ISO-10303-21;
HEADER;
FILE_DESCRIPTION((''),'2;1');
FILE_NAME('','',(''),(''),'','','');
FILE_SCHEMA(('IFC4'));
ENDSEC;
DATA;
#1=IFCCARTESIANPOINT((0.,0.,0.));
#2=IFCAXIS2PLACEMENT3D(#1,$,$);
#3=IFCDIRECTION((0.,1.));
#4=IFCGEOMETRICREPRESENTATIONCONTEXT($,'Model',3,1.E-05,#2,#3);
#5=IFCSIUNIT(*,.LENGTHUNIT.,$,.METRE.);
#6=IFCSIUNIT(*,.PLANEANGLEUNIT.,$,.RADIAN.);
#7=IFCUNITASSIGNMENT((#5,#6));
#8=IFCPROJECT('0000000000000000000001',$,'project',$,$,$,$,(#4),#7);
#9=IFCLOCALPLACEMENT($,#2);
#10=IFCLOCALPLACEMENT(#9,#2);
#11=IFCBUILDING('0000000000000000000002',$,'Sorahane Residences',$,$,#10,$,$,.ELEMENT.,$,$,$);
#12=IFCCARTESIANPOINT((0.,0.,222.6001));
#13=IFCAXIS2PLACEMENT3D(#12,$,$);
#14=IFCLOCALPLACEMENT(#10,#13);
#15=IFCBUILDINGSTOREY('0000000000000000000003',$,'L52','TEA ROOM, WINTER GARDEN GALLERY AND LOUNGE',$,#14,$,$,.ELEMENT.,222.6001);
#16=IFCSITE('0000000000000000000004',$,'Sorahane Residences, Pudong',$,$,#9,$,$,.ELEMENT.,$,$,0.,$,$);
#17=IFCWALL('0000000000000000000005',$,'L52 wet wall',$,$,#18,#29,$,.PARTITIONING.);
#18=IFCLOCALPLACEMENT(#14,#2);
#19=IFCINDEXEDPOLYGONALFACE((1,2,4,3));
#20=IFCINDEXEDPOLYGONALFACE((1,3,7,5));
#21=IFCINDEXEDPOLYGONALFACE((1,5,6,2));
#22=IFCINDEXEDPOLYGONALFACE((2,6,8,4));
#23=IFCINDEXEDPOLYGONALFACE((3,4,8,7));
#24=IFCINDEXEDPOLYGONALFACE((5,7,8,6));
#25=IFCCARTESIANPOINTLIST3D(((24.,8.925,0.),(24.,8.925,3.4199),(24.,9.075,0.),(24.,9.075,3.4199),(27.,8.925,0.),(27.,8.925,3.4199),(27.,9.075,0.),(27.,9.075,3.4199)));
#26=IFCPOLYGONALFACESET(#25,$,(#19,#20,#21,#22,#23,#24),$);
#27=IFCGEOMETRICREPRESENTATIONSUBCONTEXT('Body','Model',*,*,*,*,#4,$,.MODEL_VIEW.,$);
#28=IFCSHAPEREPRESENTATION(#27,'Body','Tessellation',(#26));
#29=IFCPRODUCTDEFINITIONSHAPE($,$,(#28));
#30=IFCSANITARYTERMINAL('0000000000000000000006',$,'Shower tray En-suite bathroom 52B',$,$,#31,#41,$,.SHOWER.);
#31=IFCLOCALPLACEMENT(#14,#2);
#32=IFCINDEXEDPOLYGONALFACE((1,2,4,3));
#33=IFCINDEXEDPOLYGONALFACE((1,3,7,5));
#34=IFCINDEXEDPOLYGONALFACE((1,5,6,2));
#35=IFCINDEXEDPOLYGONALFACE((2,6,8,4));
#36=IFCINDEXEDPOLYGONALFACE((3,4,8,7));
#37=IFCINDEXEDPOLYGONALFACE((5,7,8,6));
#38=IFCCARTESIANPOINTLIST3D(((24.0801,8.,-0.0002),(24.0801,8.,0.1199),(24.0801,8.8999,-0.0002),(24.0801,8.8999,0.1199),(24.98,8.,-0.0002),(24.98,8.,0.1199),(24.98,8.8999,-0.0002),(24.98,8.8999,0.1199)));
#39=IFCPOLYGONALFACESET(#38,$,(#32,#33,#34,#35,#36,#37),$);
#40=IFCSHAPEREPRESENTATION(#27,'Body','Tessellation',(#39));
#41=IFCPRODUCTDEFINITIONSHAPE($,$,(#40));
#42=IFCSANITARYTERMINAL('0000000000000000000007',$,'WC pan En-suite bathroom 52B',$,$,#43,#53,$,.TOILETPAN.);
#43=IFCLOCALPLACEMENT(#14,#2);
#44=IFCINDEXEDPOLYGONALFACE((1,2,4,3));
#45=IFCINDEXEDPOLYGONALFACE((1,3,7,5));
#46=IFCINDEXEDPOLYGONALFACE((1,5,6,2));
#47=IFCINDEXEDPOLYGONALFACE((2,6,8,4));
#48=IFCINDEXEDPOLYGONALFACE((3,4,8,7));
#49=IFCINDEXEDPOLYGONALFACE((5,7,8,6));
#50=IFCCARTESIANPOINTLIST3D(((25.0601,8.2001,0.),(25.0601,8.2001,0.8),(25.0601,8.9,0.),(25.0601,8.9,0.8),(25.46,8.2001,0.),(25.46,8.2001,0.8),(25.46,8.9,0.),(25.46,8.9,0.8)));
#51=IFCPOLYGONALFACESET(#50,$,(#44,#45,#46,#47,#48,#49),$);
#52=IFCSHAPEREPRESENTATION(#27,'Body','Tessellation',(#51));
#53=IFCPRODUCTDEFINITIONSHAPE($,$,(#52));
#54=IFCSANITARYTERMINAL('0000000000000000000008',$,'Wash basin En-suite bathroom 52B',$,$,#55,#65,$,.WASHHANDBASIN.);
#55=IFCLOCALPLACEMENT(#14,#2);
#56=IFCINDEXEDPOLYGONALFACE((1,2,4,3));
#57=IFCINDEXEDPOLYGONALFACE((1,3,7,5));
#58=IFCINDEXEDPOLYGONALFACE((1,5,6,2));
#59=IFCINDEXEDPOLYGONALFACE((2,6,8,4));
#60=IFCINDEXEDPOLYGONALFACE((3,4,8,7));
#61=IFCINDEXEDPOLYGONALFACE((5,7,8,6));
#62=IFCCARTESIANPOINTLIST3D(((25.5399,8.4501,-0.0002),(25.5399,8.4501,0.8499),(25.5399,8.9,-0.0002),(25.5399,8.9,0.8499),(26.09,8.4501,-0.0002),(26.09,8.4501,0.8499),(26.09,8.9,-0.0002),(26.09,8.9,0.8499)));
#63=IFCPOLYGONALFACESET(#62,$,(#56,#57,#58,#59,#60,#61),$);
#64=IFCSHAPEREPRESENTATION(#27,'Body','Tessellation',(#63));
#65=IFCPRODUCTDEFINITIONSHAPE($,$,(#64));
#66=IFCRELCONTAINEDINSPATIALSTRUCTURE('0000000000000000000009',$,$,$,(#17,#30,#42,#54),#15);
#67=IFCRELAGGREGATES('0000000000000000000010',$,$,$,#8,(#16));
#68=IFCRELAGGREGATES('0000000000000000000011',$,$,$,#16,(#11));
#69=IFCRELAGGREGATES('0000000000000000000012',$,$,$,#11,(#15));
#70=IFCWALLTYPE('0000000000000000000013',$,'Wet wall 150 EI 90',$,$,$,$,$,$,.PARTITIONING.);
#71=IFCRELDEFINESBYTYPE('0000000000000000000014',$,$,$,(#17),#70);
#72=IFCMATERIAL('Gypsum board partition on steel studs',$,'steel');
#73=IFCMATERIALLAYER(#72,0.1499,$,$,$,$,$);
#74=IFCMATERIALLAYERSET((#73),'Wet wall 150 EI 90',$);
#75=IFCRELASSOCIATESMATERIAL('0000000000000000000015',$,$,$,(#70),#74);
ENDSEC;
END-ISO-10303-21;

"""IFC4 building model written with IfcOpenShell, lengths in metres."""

from ifc_helpers import new_model, si_unit, direction, frame, frame_2d, origin, origin_2d, place, context, subcontext, project, spatial, rectangle, extrude, material, layer, layer_set, type_object, element, save


model = new_model("IFC4")

# Units and contexts
model_context = context("Model", 3, precision=1e-05, world=origin(), true_north=direction((0.0, 1.0)))
body_context = subcontext(model_context, "Body", "Model", "MODEL_VIEW")
ifc_project = project(units=[si_unit("LENGTHUNIT", "METRE"), si_unit("PLANEANGLEUNIT", "RADIAN")], contexts=[model_context])

# Site, building, storey
site_placement = place(None, origin())
site = spatial("IfcSite", under=ifc_project, at=site_placement, Name="Sorahane Residences, Pudong", CompositionType="ELEMENT", RefElevation=0.0)
building_placement = place(site_placement, origin())
building = spatial("IfcBuilding", under=site, at=building_placement, Name="Sorahane Residences", CompositionType="ELEMENT")
storey_placement = place(building_placement, frame((0.0, 0.0, 222.6001)))
storey = spatial("IfcBuildingStorey", under=building, at=storey_placement, Name="L52", Description="TEA ROOM, WINTER GARDEN GALLERY AND LOUNGE", CompositionType="ELEMENT", Elevation=222.6001)

# Wall
ifc_material_1 = material(Name="Gypsum board partition on steel studs", Category="steel")
ifc_layer_1 = layer(ifc_material_1, 0.1499)
ifc_layer_set_1 = layer_set([ifc_layer_1], Name="Wet wall 150 EI 90")
wall_type_1 = type_object("IfcWallType", Name="Wet wall 150 EI 90", PredefinedType="PARTITIONING", material=ifc_layer_set_1)
wall_1_placement = place(storey_placement, frame((24.0, 9.0, 0.0), z_axis=(0.0, 0.0, 1.0), x_axis=(1.0, 0.0, 0.0)))
element("IfcWall", 1, at=wall_1_placement, inside=storey, type_object=wall_type_1, Name="L52 wet wall", PredefinedType="PARTITIONING", context=body_context, shape_type="SweptSolid", body=[
    extrude(rectangle(XDim=3.0, YDim=0.1499, at=frame_2d((1.5, 0.0))), origin(), (0.0, 0.0, 1.0), 3.4199),
])

# Sanitary terminals
sanitary_terminal_1_placement = place(storey_placement, frame((24.53, 8.45, -0.0002), z_axis=(0.0, 0.0, 1.0), x_axis=(1.0, 0.0, 0.0)))
element("IfcSanitaryTerminal", 2, at=sanitary_terminal_1_placement, inside=storey, Name="Shower tray En-suite bathroom 52B", PredefinedType="SHOWER", context=body_context, shape_type="SweptSolid", body=[
    extrude(rectangle(XDim=0.8999, YDim=0.8999, at=origin_2d()), origin(), (0.0, 0.0, 1.0), 0.1201),
])
sanitary_terminal_2_placement = place(storey_placement, frame((25.26, 8.55, 0.0), z_axis=(0.0, 0.0, 1.0), x_axis=(1.0, 0.0, 0.0)))
element("IfcSanitaryTerminal", 3, at=sanitary_terminal_2_placement, inside=storey, Name="WC pan En-suite bathroom 52B", PredefinedType="TOILETPAN", context=body_context, shape_type="SweptSolid", body=[
    extrude(rectangle(XDim=0.3999, YDim=0.7, at=origin_2d()), origin(), (0.0, 0.0, 1.0), 0.8),
])
sanitary_terminal_3_placement = place(storey_placement, frame((25.8149, 8.675, -0.0002), z_axis=(0.0, 0.0, 1.0), x_axis=(1.0, 0.0, 0.0)))
element("IfcSanitaryTerminal", 4, at=sanitary_terminal_3_placement, inside=storey, Name="Wash basin En-suite bathroom 52B", PredefinedType="WASHHANDBASIN", context=body_context, shape_type="SweptSolid", body=[
    extrude(rectangle(XDim=0.55, YDim=0.45, at=origin_2d()), origin(), (0.0, 0.0, 1.0), 0.8501),
])

save(model, "model.ifc")
